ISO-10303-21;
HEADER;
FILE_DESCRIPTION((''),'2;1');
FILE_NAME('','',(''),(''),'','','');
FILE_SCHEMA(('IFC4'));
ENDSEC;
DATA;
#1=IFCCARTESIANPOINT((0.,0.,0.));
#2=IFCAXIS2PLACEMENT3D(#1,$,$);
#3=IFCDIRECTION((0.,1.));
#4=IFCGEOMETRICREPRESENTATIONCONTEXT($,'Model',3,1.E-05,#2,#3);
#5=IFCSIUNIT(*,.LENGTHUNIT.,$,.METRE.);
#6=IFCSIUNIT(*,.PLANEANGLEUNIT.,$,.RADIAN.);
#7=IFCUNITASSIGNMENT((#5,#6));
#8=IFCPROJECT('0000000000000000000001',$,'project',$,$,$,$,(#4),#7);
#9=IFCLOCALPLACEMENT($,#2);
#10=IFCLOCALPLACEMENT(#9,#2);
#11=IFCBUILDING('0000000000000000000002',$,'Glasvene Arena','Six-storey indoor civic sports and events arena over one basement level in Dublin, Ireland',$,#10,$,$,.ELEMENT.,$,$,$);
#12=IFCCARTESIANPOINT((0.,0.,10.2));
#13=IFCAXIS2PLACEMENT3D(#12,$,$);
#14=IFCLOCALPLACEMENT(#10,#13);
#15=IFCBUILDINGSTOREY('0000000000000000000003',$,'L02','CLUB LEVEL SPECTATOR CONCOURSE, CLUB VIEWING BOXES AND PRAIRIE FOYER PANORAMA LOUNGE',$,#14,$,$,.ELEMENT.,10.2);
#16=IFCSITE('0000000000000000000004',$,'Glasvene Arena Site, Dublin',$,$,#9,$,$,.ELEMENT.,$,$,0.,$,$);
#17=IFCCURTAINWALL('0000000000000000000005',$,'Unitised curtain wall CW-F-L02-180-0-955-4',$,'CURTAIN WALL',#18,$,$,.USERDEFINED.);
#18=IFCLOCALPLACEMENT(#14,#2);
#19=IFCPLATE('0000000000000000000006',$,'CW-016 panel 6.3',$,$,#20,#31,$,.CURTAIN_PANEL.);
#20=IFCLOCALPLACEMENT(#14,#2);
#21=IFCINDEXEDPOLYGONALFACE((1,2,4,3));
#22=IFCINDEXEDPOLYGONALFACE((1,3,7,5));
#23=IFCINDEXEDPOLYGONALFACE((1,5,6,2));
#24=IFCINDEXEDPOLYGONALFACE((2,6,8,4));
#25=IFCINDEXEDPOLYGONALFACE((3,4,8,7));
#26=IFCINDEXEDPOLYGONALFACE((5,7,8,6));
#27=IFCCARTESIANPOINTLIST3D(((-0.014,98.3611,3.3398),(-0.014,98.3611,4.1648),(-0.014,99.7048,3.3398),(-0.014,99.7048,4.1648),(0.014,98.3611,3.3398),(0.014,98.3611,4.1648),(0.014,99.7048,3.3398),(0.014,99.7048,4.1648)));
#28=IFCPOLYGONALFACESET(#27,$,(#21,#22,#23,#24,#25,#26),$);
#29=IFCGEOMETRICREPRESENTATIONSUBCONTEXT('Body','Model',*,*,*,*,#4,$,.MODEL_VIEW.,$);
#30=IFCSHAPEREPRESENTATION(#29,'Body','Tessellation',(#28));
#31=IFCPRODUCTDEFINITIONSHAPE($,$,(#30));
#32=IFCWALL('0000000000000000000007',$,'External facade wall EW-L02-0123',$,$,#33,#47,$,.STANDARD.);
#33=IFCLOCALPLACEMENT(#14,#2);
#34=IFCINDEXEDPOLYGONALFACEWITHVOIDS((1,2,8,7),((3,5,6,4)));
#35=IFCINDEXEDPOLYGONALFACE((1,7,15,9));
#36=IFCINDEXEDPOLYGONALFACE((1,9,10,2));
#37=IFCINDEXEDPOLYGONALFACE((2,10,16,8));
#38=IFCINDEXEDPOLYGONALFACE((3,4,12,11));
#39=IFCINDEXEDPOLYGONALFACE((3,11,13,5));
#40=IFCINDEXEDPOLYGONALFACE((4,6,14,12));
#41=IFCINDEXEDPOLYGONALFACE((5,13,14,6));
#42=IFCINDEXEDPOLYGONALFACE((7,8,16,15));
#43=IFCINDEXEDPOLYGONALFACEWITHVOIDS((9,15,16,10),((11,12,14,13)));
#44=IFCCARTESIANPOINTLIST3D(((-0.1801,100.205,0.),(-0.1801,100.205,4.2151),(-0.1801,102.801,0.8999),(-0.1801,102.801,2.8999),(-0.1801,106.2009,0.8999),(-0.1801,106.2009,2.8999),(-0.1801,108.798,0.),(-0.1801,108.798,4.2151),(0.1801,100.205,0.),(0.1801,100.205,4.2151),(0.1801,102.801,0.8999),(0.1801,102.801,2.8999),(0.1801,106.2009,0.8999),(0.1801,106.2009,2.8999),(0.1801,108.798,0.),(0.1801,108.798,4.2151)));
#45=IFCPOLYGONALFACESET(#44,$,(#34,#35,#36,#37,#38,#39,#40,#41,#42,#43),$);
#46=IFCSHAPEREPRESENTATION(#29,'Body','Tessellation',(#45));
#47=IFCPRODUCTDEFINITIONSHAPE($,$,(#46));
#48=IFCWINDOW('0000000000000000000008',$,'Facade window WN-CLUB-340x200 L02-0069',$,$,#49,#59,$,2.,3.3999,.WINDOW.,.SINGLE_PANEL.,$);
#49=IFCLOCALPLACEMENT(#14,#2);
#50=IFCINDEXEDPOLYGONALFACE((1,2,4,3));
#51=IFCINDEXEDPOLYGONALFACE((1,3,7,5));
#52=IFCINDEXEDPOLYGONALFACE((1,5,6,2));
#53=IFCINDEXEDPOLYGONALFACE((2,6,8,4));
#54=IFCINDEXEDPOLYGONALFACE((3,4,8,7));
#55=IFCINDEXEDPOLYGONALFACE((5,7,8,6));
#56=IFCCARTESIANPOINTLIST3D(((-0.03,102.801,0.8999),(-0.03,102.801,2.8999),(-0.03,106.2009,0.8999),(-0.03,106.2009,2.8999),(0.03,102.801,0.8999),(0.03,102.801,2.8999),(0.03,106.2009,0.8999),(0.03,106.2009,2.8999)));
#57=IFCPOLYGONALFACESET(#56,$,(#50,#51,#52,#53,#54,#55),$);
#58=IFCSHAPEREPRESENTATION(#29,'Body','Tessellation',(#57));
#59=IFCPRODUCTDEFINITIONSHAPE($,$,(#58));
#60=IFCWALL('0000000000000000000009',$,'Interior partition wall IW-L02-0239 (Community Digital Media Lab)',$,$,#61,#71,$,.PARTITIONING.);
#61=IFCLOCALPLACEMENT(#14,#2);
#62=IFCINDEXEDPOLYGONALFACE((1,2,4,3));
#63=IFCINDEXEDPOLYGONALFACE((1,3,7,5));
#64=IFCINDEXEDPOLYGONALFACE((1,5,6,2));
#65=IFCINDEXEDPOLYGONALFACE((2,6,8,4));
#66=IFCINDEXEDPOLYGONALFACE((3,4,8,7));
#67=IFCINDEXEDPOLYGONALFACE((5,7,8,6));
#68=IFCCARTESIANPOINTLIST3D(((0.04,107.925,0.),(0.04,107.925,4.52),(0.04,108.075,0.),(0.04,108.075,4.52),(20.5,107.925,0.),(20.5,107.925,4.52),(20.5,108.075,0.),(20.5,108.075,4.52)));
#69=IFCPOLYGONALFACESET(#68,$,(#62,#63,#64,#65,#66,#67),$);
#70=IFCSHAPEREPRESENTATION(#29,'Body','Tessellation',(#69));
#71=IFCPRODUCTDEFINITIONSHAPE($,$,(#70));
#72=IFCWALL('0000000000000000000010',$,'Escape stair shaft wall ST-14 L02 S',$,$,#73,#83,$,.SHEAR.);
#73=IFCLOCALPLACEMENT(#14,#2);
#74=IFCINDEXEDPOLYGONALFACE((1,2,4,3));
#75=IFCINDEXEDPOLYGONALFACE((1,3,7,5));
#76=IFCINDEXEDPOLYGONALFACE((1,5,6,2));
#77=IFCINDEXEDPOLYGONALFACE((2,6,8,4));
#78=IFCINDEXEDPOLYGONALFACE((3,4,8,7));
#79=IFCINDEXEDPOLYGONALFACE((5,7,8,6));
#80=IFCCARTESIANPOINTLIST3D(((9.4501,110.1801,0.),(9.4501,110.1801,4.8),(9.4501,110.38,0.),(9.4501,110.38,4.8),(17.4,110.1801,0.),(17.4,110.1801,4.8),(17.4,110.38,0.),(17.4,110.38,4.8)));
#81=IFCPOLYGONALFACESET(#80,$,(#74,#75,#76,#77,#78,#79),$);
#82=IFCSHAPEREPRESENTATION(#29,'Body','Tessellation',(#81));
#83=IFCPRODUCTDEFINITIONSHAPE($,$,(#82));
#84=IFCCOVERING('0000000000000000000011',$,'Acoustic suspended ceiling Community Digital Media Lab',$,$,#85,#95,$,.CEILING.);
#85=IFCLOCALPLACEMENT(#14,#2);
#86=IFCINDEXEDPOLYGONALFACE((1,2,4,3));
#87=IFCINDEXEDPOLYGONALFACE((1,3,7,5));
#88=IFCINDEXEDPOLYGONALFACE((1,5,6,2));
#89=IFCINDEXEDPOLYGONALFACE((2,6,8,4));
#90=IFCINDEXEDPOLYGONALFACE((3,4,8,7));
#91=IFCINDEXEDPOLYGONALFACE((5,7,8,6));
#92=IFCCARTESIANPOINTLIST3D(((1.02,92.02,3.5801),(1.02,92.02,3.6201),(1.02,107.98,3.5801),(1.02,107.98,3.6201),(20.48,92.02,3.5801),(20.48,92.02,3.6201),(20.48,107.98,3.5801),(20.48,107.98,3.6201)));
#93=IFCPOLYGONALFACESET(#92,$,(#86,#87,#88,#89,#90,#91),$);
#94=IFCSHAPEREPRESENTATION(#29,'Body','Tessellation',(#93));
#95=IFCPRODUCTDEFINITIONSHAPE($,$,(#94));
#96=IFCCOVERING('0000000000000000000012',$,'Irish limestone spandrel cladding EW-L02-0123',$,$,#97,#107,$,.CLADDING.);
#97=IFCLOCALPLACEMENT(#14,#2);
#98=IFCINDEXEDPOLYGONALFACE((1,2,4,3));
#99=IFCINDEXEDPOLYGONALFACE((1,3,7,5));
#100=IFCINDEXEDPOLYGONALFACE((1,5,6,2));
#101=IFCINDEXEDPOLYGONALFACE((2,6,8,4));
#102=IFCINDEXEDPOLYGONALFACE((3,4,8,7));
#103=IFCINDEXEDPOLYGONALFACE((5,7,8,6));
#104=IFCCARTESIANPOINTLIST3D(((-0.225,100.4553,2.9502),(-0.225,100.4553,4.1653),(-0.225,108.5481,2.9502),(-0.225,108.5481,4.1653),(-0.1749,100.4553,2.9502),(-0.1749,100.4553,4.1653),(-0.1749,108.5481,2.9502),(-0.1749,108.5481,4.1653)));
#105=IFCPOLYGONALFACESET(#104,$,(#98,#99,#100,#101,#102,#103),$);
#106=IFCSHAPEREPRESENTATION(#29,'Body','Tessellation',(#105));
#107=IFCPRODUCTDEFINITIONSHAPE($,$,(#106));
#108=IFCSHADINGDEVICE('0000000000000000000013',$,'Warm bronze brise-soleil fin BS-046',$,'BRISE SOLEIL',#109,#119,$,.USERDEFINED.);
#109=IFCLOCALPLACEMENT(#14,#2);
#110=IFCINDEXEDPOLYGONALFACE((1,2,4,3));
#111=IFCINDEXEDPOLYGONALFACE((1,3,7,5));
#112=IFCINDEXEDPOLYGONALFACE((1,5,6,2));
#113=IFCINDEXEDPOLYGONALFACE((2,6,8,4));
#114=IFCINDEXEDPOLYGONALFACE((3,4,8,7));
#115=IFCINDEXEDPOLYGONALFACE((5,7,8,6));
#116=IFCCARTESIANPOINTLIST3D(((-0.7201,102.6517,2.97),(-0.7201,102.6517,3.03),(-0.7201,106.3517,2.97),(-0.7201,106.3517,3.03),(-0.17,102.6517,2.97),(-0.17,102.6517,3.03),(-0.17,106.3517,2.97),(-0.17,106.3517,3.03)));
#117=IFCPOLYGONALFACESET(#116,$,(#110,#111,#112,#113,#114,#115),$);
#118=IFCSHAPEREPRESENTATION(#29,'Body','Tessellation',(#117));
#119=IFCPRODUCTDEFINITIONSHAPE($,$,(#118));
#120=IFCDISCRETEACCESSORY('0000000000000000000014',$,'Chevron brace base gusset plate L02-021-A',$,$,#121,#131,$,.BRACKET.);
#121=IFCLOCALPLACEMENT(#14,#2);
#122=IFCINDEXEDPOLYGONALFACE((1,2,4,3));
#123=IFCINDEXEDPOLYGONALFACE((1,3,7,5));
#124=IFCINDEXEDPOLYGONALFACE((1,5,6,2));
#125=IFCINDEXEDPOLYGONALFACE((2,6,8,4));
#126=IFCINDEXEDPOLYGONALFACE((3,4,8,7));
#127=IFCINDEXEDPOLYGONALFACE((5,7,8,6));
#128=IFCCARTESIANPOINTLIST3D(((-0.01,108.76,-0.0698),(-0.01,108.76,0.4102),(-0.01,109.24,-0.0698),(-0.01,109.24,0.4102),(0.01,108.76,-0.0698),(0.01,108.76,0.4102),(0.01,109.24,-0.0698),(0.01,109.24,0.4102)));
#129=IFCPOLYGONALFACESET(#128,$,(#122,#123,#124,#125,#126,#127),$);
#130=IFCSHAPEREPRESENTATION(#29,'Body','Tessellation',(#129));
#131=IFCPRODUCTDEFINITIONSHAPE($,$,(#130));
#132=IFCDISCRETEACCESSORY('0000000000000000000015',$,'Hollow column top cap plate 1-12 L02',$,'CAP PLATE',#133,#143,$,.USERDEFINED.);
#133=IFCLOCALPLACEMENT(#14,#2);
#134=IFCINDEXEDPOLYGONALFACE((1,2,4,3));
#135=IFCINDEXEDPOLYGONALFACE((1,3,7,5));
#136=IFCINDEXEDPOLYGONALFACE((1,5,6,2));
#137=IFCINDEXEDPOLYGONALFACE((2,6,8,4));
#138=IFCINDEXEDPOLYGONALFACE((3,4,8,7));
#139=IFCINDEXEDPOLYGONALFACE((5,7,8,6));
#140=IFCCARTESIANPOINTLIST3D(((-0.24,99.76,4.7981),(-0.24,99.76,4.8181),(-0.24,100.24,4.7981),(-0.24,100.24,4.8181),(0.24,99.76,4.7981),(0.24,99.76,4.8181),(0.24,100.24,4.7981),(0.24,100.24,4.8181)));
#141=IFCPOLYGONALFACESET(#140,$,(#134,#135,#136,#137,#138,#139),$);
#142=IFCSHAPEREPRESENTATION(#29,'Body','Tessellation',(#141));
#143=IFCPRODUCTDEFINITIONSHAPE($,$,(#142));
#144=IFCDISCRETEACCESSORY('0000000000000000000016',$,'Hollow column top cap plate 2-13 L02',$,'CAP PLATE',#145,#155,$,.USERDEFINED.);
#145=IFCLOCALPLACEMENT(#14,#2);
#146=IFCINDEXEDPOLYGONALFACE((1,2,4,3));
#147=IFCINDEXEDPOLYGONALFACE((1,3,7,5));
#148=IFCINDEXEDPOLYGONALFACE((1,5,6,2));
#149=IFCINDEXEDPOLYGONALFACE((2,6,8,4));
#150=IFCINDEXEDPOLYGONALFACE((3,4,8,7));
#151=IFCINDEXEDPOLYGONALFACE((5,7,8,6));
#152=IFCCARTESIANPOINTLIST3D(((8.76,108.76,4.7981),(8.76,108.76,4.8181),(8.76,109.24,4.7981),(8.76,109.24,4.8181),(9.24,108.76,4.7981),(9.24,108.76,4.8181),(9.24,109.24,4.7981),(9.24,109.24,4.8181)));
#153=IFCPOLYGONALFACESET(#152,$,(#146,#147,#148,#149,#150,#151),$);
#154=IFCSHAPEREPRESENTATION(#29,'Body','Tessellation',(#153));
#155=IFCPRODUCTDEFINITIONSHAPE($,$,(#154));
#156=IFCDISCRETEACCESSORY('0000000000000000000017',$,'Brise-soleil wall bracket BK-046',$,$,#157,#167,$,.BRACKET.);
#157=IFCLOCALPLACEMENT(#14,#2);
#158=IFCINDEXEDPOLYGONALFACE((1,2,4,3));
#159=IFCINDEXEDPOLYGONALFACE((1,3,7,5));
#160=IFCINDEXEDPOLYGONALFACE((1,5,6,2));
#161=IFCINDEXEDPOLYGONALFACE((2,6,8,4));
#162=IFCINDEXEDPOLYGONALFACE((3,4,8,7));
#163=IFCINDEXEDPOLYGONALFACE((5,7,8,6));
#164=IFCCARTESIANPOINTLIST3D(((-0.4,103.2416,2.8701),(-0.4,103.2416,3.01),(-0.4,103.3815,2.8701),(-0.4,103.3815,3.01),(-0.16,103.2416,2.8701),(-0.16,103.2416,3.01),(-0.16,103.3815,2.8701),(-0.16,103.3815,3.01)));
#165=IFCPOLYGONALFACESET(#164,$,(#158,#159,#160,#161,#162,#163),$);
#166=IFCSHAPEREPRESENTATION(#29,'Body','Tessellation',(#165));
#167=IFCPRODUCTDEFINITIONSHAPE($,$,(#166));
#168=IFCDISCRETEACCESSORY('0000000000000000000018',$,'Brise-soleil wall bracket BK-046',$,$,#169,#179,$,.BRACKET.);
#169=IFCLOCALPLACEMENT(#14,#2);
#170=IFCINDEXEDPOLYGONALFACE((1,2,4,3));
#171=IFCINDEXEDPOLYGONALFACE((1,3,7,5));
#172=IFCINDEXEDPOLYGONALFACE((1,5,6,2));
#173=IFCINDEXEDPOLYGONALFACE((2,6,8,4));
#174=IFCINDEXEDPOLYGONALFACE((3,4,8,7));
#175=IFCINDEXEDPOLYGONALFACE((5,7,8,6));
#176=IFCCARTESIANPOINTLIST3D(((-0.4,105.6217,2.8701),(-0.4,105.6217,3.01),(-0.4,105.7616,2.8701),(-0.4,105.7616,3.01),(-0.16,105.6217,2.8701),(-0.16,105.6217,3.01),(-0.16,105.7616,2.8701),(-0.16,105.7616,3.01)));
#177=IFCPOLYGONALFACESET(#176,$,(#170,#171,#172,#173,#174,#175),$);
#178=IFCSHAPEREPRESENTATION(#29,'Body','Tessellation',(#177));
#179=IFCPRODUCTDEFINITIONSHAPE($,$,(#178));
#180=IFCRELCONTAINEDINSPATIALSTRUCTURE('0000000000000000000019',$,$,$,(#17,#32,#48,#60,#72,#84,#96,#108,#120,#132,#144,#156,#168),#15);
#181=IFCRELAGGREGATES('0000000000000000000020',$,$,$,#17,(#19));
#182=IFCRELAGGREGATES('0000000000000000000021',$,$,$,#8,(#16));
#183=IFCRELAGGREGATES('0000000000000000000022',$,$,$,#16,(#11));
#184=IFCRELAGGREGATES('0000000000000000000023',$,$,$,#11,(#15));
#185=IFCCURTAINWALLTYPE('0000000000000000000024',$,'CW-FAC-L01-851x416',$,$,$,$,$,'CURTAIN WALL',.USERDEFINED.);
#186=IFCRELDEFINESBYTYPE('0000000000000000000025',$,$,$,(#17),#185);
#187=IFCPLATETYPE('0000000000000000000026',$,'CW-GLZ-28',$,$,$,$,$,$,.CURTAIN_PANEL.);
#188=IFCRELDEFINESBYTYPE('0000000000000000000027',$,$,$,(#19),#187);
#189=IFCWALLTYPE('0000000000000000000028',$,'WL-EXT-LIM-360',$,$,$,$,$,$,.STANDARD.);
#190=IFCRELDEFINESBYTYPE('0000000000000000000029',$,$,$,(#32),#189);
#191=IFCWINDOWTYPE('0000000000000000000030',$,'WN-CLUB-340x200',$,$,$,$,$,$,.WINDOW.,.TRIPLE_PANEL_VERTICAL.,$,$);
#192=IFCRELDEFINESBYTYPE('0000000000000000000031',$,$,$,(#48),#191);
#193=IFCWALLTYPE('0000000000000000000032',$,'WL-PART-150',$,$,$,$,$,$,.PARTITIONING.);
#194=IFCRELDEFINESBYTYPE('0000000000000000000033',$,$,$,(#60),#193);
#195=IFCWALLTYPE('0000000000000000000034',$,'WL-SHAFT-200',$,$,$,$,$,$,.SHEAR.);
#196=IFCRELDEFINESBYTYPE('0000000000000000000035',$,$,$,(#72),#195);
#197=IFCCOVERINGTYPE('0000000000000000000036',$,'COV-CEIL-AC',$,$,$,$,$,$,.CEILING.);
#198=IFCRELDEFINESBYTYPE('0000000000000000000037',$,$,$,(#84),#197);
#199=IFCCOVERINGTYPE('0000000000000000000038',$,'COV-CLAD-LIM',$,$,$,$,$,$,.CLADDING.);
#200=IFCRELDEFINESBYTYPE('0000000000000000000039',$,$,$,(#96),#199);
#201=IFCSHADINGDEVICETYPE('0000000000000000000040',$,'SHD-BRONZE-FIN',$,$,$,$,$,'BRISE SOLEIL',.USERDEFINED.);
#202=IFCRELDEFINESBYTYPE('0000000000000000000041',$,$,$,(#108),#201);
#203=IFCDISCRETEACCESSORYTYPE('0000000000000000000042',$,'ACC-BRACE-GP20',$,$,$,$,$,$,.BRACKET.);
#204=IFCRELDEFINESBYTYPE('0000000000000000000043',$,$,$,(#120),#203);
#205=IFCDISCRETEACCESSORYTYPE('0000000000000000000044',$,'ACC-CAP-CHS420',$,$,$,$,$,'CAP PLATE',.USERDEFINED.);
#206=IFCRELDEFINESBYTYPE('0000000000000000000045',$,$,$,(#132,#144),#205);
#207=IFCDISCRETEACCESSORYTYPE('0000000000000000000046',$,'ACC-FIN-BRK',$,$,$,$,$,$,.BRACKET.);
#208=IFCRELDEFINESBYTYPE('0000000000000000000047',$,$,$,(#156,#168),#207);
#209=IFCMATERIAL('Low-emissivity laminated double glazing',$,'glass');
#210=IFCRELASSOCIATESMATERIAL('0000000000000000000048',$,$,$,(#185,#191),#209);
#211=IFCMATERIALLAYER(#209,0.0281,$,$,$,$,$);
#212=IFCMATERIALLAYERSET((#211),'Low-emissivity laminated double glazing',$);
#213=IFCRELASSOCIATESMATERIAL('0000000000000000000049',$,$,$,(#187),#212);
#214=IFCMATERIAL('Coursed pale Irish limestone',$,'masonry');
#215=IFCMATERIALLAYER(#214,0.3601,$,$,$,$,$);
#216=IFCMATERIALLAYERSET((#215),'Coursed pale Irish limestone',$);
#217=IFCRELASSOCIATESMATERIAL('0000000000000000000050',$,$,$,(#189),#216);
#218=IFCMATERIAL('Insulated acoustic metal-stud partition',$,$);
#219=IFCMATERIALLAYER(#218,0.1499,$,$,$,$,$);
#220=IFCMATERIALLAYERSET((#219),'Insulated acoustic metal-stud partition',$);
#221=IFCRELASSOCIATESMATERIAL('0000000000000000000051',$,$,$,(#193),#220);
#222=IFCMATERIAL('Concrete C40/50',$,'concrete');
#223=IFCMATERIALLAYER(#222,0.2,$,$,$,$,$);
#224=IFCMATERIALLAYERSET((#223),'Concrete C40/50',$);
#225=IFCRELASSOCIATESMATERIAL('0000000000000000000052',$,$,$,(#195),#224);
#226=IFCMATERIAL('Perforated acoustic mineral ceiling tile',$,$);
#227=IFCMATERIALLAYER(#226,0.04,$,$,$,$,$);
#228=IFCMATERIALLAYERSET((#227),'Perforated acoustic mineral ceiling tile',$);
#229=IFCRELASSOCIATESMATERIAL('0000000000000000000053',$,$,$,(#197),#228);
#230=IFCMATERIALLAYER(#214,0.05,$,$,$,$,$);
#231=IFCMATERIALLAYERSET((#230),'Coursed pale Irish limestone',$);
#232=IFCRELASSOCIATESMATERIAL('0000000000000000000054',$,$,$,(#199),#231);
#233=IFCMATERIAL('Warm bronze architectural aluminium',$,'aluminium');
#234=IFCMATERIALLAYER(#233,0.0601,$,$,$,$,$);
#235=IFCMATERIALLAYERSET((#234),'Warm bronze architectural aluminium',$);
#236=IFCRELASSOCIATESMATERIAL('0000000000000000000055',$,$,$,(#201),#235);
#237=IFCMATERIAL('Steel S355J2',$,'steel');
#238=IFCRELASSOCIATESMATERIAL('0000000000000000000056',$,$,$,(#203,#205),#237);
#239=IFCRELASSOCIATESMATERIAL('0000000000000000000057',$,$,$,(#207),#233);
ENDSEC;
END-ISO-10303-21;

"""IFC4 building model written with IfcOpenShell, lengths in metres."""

from ifc_helpers import new_model, si_unit, direction, frame, frame_2d, origin, origin_2d, place, context, subcontext, project, spatial, polyline, rectangle, outline, extrude, material, layer, layer_set, type_object, element, fill, aggregate, save


model = new_model("IFC4")

# Units and contexts
model_context = context("Model", 3, precision=1e-05, world=origin(), true_north=direction((0.0, 1.0)))
body_context = subcontext(model_context, "Body", "Model", "MODEL_VIEW")
ifc_project = project(units=[si_unit("LENGTHUNIT", "METRE"), si_unit("PLANEANGLEUNIT", "RADIAN")], contexts=[model_context])

# Site, building, storey
site_placement = place(None, origin())
site = spatial("IfcSite", under=ifc_project, at=site_placement, Name="Glasvene Arena Site, Dublin", CompositionType="ELEMENT", RefElevation=0.0)
building_placement = place(site_placement, origin())
building = spatial("IfcBuilding", under=site, at=building_placement, Name="Glasvene Arena", Description="Six-storey indoor civic sports and events arena over one basement level in Dublin, Ireland", CompositionType="ELEMENT")
storey_placement = place(building_placement, frame((0.0, 0.0, 10.2)))
storey = spatial("IfcBuildingStorey", under=building, at=storey_placement, Name="L02", Description="CLUB LEVEL SPECTATOR CONCOURSE, CLUB VIEWING BOXES AND PRAIRIE FOYER PANORAMA LOUNGE", CompositionType="ELEMENT", Elevation=10.2)

# Shared definitions
ifc_material_1 = material(Name="Steel S355J2", Category="steel")

# Curtain wall
ifc_material_2 = material(Name="Low-emissivity laminated double glazing", Category="glass")
curtain_wall_type = type_object("IfcCurtainWallType", Name="CW-FAC-L01-851x416", ElementType="CURTAIN WALL", PredefinedType="USERDEFINED", material=ifc_material_2)
curtain_wall_placement = place(storey_placement, frame((0.0, 91.2419, 0.0)))
curtain_wall = element("IfcCurtainWall", 1, at=curtain_wall_placement, inside=storey, type_object=curtain_wall_type, Name="Unitised curtain wall CW-F-L02-180-0-955-4", ObjectType="CURTAIN WALL", PredefinedType="USERDEFINED")

# Plate
ifc_layer_1 = layer(ifc_material_2, 0.0281)
ifc_layer_set_1 = layer_set([ifc_layer_1], Name="Low-emissivity laminated double glazing")
plate_type = type_object("IfcPlateType", Name="CW-GLZ-28", PredefinedType="CURTAIN_PANEL", material=ifc_layer_set_1)
plate_1_placement = place(storey_placement, frame((0.0, 99.033, 3.3398), z_axis=(0.0, 0.0, 1.0), x_axis=(0.0, 1.0, 0.0)))
plate_1 = element("IfcPlate", 2, at=plate_1_placement, type_object=plate_type, Name="CW-016 panel 6.3", PredefinedType="CURTAIN_PANEL", context=body_context, shape_type="SweptSolid", body=[
    extrude(rectangle(XDim=1.3438, YDim=0.0281, at=origin_2d()), origin(), (0.0, 0.0, 1.0), 0.825),
])
aggregate(curtain_wall, [plate_1])

# Shared definitions
ifc_material_3 = material(Name="Concrete C40/50", Category="concrete")

# Wall, opening, window
ifc_material_4 = material(Name="Coursed pale Irish limestone", Category="masonry")
ifc_layer_2 = layer(ifc_material_4, 0.3601)
ifc_layer_set_2 = layer_set([ifc_layer_2], Name="Coursed pale Irish limestone")
wall_type_1 = type_object("IfcWallType", Name="WL-EXT-LIM-360", PredefinedType="STANDARD", material=ifc_layer_set_2)
wall_1_placement = place(storey_placement, frame((0.0, 100.2051, 0.0), z_axis=(0.0, 0.0, 1.0), x_axis=(0.0, 1.0, 0.0)))
wall_1 = element("IfcWall", 3, at=wall_1_placement, inside=storey, type_object=wall_type_1, Name="External facade wall EW-L02-0123", PredefinedType="STANDARD", context=body_context, shape_type="SweptSolid", body=[
    extrude(rectangle(XDim=8.593, YDim=0.3601, at=frame_2d((4.2964, 0.0))), origin(), (0.0, 0.0, 1.0), 4.2151),
])
opening_1_placement = place(wall_1_placement, frame((2.5959, 0.0, 0.8999)))
opening_1 = element("IfcOpeningElement", 4, at=opening_1_placement, cuts=wall_1, PredefinedType="OPENING", context=body_context, shape_type="SweptSolid", body=[
    extrude(rectangle(XDim=3.3999, YDim=2.0, at=frame_2d((1.7, 1.0))), frame((0.0, 0.1899, 0.0), z_axis=(0.0, -1.0, 0.0), x_axis=(1.0, 0.0, 0.0)), (0.0, 0.0, 1.0), 0.3801),
])
window_type = type_object("IfcWindowType", Name="WN-CLUB-340x200", PartitioningType="TRIPLE_PANEL_VERTICAL", PredefinedType="WINDOW", material=ifc_material_2)
window_placement = place(opening_1_placement, origin())
window = element("IfcWindow", 5, at=window_placement, inside=storey, type_object=window_type, Name="Facade window WN-CLUB-340x200 L02-0069", OverallHeight=2.0, OverallWidth=3.3999, PartitioningType="SINGLE_PANEL", PredefinedType="WINDOW", context=body_context, shape_type="SweptSolid", body=[
    extrude(rectangle(XDim=3.3999, YDim=2.0, at=frame_2d((1.7, 1.0))), frame((0.0, 0.03, 0.0), z_axis=(0.0, -1.0, 0.0), x_axis=(1.0, 0.0, 0.0)), (0.0, 0.0, 1.0), 0.0601),
])
fill(opening_1, window)

# Walls
ifc_material_5 = material(Name="Insulated acoustic metal-stud partition")
ifc_layer_3 = layer(ifc_material_5, 0.1499)
ifc_layer_set_3 = layer_set([ifc_layer_3], Name="Insulated acoustic metal-stud partition")
wall_type_2 = type_object("IfcWallType", Name="WL-PART-150", PredefinedType="PARTITIONING", material=ifc_layer_set_3)
wall_2_placement = place(storey_placement, frame((0.04, 108.0, 0.0), z_axis=(0.0, 0.0, 1.0), x_axis=(1.0, 0.0, 0.0)))
element("IfcWall", 6, at=wall_2_placement, inside=storey, type_object=wall_type_2, Name="Interior partition wall IW-L02-0239 (Community Digital Media Lab)", PredefinedType="PARTITIONING", context=body_context, shape_type="SweptSolid", body=[
    extrude(rectangle(XDim=20.46, YDim=0.1499, at=frame_2d((10.23, 0.0))), origin(), (0.0, 0.0, 1.0), 4.52),
])
ifc_layer_4 = layer(ifc_material_3, 0.2)
ifc_layer_set_4 = layer_set([ifc_layer_4], Name="Concrete C40/50")
wall_type_3 = type_object("IfcWallType", Name="WL-SHAFT-200", PredefinedType="SHEAR", material=ifc_layer_set_4)
wall_3_placement = place(storey_placement, frame((9.45, 110.28, 0.0), z_axis=(0.0, 0.0, 1.0), x_axis=(1.0, 0.0, 0.0)))
element("IfcWall", 7, at=wall_3_placement, inside=storey, type_object=wall_type_3, Name="Escape stair shaft wall ST-14 L02 S", PredefinedType="SHEAR", context=body_context, shape_type="SweptSolid", body=[
    extrude(rectangle(XDim=7.95, YDim=0.2, at=frame_2d((3.9751, 0.0))), origin(), (0.0, 0.0, 1.0), 4.8),
])

# Coverings
ifc_material_6 = material(Name="Perforated acoustic mineral ceiling tile")
ifc_layer_5 = layer(ifc_material_6, 0.04)
ifc_layer_set_5 = layer_set([ifc_layer_5], Name="Perforated acoustic mineral ceiling tile")
covering_type_1 = type_object("IfcCoveringType", Name="COV-CEIL-AC", PredefinedType="CEILING", material=ifc_layer_set_5)
covering_1_placement = place(storey_placement, frame((10.75, 100.0, 3.5801)))
element("IfcCovering", 8, at=covering_1_placement, inside=storey, type_object=covering_type_1, Name="Acoustic suspended ceiling Community Digital Media Lab", PredefinedType="CEILING", context=body_context, shape_type="SweptSolid", body=[
    extrude(outline(polyline([(9.73, 7.98), (9.73, -7.98), (-9.73, -7.98), (-9.73, 7.98), (9.73, 7.98)])), origin(), (0.0, 0.0, 1.0), 0.04),
])
ifc_layer_6 = layer(ifc_material_4, 0.05)
ifc_layer_set_6 = layer_set([ifc_layer_6], Name="Coursed pale Irish limestone")
covering_type_2 = type_object("IfcCoveringType", Name="COV-CLAD-LIM", PredefinedType="CLADDING", material=ifc_layer_set_6)
covering_2_placement = place(storey_placement, frame((-0.2, 104.5017, 2.9502), z_axis=(0.0, 0.0, 1.0), x_axis=(0.0, 1.0, 0.0)))
element("IfcCovering", 9, at=covering_2_placement, inside=storey, type_object=covering_type_2, Name="Irish limestone spandrel cladding EW-L02-0123", PredefinedType="CLADDING", context=body_context, shape_type="SweptSolid", body=[
    extrude(rectangle(XDim=8.0928, YDim=0.05, at=origin_2d()), origin(), (0.0, 0.0, 1.0), 1.2151),
])

# Shading device
ifc_material_7 = material(Name="Warm bronze architectural aluminium", Category="aluminium")
ifc_layer_7 = layer(ifc_material_7, 0.0601)
ifc_layer_set_7 = layer_set([ifc_layer_7], Name="Warm bronze architectural aluminium")
shading_device_type = type_object("IfcShadingDeviceType", Name="SHD-BRONZE-FIN", ElementType="BRISE SOLEIL", PredefinedType="USERDEFINED", material=ifc_layer_set_7)
shading_device_placement = place(storey_placement, frame((-0.4451, 104.5017, 2.97), z_axis=(0.0, 0.0, 1.0), x_axis=(0.0, 1.0, 0.0)))
element("IfcShadingDevice", 10, at=shading_device_placement, inside=storey, type_object=shading_device_type, Name="Warm bronze brise-soleil fin BS-046", ObjectType="BRISE SOLEIL", PredefinedType="USERDEFINED", context=body_context, shape_type="SweptSolid", body=[
    extrude(rectangle(XDim=3.7, YDim=0.55, at=origin_2d()), origin(), (0.0, 0.0, 1.0), 0.0601),
])

# Discrete accessories
discrete_accessory_type_1 = type_object("IfcDiscreteAccessoryType", Name="ACC-BRACE-GP20", PredefinedType="BRACKET", material=ifc_material_1)
discrete_accessory_placement = place(storey_placement, frame((0.0, 109.0, -0.0698), z_axis=(0.0, 0.0, 1.0), x_axis=(1.0, 0.0, 0.0)))
element("IfcDiscreteAccessory", 11, at=discrete_accessory_placement, inside=storey, type_object=discrete_accessory_type_1, Name="Chevron brace base gusset plate L02-021-A", PredefinedType="BRACKET", context=body_context, shape_type="SweptSolid", body=[
    extrude(rectangle(XDim=0.02, YDim=0.48, at=origin_2d()), origin(), (0.0, 0.0, 1.0), 0.48),
])
discrete_accessory_type_2 = type_object("IfcDiscreteAccessoryType", Name="ACC-CAP-CHS420", ElementType="CAP PLATE", PredefinedType="USERDEFINED", material=ifc_material_1)
for number, where, z_axis, x_axis, name in (
    (12, (0.0, 100.0, 4.7981), (0.0, 0.0, 1.0), (1.0, 0.0, 0.0), "Hollow column top cap plate 1-12 L02"),
    (13, (9.0, 109.0, 4.7981), (0.0, 0.0, 1.0), (1.0, 0.0, 0.0), "Hollow column top cap plate 2-13 L02"),
):
    element("IfcDiscreteAccessory", number, at=place(storey_placement, frame(where, z_axis=z_axis, x_axis=x_axis)), inside=storey, type_object=discrete_accessory_type_2, Name=name, ObjectType="CAP PLATE", PredefinedType="USERDEFINED", context=body_context, shape_type="SweptSolid", body=[
        extrude(rectangle(XDim=0.48, YDim=0.48, at=origin_2d()), origin(), (0.0, 0.0, 1.0), 0.02),
    ])
discrete_accessory_type_3 = type_object("IfcDiscreteAccessoryType", Name="ACC-FIN-BRK", PredefinedType="BRACKET", material=ifc_material_7)
for number, where, z_axis, x_axis, name in (
    (14, (-0.28, 103.3115, 2.8701), (0.0, 0.0, 1.0), (0.0, 1.0, 0.0), "Brise-soleil wall bracket BK-046"),
    (15, (-0.28, 105.6917, 2.8701), (0.0, 0.0, 1.0), (0.0, 1.0, 0.0), "Brise-soleil wall bracket BK-046"),
):
    element("IfcDiscreteAccessory", number, at=place(storey_placement, frame(where, z_axis=z_axis, x_axis=x_axis)), inside=storey, type_object=discrete_accessory_type_3, Name=name, PredefinedType="BRACKET", context=body_context, shape_type="SweptSolid", body=[
        extrude(rectangle(XDim=0.1399, YDim=0.24, at=origin_2d()), origin(), (0.0, 0.0, 1.0), 0.1399),
    ])

save(model, "model.ifc")
